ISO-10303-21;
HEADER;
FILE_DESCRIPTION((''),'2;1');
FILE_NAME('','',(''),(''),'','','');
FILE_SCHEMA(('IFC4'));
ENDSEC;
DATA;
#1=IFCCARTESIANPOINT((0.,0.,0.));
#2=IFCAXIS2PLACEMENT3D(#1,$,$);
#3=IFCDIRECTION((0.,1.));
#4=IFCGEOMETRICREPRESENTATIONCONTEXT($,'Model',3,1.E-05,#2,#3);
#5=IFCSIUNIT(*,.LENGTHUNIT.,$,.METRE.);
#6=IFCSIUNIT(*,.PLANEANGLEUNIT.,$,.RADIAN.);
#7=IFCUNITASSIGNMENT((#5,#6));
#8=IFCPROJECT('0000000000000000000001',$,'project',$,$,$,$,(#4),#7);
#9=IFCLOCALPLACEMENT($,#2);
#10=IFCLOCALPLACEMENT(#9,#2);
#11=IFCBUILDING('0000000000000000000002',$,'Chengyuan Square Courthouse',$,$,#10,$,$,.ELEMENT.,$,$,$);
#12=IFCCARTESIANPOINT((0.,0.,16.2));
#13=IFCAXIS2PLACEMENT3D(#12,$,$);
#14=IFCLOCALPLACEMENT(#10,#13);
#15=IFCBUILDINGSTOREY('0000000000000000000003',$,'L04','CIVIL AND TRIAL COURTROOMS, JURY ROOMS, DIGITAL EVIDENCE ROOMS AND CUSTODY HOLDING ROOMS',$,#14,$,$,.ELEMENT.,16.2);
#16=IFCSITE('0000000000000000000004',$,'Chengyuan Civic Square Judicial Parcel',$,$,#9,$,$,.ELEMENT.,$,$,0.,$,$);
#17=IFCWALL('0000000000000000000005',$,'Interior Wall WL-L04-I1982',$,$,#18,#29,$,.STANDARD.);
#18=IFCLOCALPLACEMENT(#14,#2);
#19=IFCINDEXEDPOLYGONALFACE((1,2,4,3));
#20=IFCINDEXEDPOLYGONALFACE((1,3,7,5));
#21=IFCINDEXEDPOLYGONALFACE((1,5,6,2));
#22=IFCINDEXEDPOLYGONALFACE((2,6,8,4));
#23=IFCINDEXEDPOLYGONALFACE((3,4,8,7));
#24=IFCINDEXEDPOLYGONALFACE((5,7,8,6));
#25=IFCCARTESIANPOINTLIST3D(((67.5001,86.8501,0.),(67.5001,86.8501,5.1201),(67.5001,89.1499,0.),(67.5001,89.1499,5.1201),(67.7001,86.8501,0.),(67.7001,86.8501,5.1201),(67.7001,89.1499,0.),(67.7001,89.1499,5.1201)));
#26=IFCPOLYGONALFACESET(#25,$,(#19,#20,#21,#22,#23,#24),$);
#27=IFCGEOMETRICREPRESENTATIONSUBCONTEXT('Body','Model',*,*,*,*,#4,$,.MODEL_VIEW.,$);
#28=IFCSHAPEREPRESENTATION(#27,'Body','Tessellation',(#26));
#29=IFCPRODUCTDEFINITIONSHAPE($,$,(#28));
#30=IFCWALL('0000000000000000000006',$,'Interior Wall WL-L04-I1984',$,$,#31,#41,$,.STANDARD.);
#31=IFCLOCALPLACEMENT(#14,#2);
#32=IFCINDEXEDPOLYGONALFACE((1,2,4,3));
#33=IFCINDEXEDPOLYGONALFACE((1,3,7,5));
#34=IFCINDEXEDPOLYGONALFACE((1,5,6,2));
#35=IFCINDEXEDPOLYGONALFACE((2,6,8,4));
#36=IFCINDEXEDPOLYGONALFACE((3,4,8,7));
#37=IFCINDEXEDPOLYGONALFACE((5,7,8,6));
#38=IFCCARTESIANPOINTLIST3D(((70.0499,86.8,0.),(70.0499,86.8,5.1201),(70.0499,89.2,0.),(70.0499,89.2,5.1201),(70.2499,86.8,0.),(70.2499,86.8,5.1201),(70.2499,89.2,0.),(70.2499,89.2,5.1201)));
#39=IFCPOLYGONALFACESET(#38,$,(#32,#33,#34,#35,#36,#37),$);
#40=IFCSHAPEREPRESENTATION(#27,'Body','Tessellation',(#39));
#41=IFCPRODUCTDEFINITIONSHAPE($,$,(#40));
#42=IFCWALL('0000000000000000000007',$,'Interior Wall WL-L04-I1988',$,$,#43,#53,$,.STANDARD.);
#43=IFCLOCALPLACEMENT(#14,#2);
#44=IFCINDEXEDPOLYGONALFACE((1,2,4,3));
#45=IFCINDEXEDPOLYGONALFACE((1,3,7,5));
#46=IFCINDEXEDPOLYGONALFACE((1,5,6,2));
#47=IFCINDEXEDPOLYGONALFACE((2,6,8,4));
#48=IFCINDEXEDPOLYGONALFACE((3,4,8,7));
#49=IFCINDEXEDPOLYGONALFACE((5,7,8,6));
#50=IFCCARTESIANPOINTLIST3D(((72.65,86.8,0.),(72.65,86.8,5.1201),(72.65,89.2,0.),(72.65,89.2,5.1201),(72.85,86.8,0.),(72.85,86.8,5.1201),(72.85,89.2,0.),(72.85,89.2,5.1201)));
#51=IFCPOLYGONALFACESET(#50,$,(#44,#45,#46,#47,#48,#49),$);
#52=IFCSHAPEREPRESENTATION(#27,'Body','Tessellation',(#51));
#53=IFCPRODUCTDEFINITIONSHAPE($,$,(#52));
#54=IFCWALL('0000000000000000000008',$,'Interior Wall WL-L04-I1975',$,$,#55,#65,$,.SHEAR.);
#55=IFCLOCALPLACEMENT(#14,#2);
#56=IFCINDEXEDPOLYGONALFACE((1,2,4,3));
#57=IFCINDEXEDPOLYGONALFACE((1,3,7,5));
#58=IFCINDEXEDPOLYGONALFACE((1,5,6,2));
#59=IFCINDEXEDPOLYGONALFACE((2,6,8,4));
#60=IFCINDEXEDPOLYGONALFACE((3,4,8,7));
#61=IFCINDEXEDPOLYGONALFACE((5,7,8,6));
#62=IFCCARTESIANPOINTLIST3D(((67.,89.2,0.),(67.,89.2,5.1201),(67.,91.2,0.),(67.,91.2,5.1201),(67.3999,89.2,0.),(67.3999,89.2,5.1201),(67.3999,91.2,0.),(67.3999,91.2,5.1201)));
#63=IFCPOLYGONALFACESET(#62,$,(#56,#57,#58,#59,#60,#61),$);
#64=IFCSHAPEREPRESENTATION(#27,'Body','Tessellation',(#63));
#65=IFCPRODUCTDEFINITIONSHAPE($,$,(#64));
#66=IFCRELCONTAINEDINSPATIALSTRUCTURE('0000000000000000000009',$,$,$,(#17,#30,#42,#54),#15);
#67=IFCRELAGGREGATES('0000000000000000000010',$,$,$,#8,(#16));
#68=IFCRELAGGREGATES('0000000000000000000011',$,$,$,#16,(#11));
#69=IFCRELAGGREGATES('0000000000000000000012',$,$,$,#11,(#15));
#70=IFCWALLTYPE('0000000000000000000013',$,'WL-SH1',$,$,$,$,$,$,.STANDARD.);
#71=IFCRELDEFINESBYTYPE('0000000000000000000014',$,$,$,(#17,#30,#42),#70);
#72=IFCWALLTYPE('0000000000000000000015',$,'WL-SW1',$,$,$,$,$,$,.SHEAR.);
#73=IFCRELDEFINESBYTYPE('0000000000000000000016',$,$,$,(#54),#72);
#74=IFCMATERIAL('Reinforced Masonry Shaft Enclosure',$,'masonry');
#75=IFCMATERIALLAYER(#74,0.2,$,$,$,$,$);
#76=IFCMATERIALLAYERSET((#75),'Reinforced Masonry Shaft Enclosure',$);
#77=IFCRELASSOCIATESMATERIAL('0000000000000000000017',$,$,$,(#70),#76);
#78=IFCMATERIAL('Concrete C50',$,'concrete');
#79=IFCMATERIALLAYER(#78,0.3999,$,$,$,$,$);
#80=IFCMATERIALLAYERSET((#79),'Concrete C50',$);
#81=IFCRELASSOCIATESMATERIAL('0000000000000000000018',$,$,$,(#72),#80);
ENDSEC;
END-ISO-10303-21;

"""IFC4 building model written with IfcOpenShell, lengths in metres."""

from ifc_helpers import new_model, si_unit, direction, frame, frame_2d, origin, place, context, subcontext, project, spatial, rectangle, extrude, material, layer, layer_set, type_object, element, save


model = new_model("IFC4")

# Units and contexts
model_context = context("Model", 3, precision=1e-05, world=origin(), true_north=direction((0.0, 1.0)))
body_context = subcontext(model_context, "Body", "Model", "MODEL_VIEW")
ifc_project = project(units=[si_unit("LENGTHUNIT", "METRE"), si_unit("PLANEANGLEUNIT", "RADIAN")], contexts=[model_context])

# Site, building, storey
site_placement = place(None, origin())
site = spatial("IfcSite", under=ifc_project, at=site_placement, Name="Chengyuan Civic Square Judicial Parcel", CompositionType="ELEMENT", RefElevation=0.0)
building_placement = place(site_placement, origin())
building = spatial("IfcBuilding", under=site, at=building_placement, Name="Chengyuan Square Courthouse", CompositionType="ELEMENT")
storey_placement = place(building_placement, frame((0.0, 0.0, 16.2)))
storey = spatial("IfcBuildingStorey", under=building, at=storey_placement, Name="L04", Description="CIVIL AND TRIAL COURTROOMS, JURY ROOMS, DIGITAL EVIDENCE ROOMS AND CUSTODY HOLDING ROOMS", CompositionType="ELEMENT", Elevation=16.2)

# Shared definitions
ifc_material_1 = material(Name="Concrete C50", Category="concrete")

# Shared definitions
ifc_material_2 = material(Name="Reinforced Masonry Shaft Enclosure", Category="masonry")
ifc_layer_1 = layer(ifc_material_2, 0.2)
ifc_layer_set_1 = layer_set([ifc_layer_1], Name="Reinforced Masonry Shaft Enclosure")
wall_type_1 = type_object("IfcWallType", Name="WL-SH1", PredefinedType="STANDARD", material=ifc_layer_set_1)

# Walls
wall_1_placement = place(storey_placement, frame((67.6001, 86.8501, 0.0), z_axis=(0.0, 0.0, 1.0), x_axis=(0.0, 1.0, 0.0)))
element("IfcWall", 1, at=wall_1_placement, inside=storey, type_object=wall_type_1, Name="Interior Wall WL-L04-I1982", PredefinedType="STANDARD", context=body_context, shape_type="SweptSolid", body=[
    extrude(rectangle(XDim=2.2998, YDim=0.2, at=frame_2d((1.1499, 0.0))), origin(), (0.0, 0.0, 1.0), 5.1201),
])
for number, where, z_axis, x_axis, name in (
    (2, (70.1499, 86.8, 0.0), (0.0, 0.0, 1.0), (0.0, 1.0, 0.0), "Interior Wall WL-L04-I1984"),
    (3, (72.75, 86.8, 0.0), (0.0, 0.0, 1.0), (0.0, 1.0, 0.0), "Interior Wall WL-L04-I1988"),
):
    element("IfcWall", number, at=place(storey_placement, frame(where, z_axis=z_axis, x_axis=x_axis)), inside=storey, type_object=wall_type_1, Name=name, PredefinedType="STANDARD", context=body_context, shape_type="SweptSolid", body=[
        extrude(rectangle(XDim=2.3999, YDim=0.2, at=frame_2d((1.2, 0.0))), origin(), (0.0, 0.0, 1.0), 5.1201),
    ])
ifc_layer_2 = layer(ifc_material_1, 0.3999)
ifc_layer_set_2 = layer_set([ifc_layer_2], Name="Concrete C50")
wall_type_2 = type_object("IfcWallType", Name="WL-SW1", PredefinedType="SHEAR", material=ifc_layer_set_2)
wall_2_placement = place(storey_placement, frame((67.2, 89.2, 0.0), z_axis=(0.0, 0.0, 1.0), x_axis=(0.0, 1.0, 0.0)))
element("IfcWall", 4, at=wall_2_placement, inside=storey, type_object=wall_type_2, Name="Interior Wall WL-L04-I1975", PredefinedType="SHEAR", context=body_context, shape_type="SweptSolid", body=[
    extrude(rectangle(XDim=2.0, YDim=0.3999, at=frame_2d((1.0, 0.0))), origin(), (0.0, 0.0, 1.0), 5.1201),
])

save(model, "model.ifc")
